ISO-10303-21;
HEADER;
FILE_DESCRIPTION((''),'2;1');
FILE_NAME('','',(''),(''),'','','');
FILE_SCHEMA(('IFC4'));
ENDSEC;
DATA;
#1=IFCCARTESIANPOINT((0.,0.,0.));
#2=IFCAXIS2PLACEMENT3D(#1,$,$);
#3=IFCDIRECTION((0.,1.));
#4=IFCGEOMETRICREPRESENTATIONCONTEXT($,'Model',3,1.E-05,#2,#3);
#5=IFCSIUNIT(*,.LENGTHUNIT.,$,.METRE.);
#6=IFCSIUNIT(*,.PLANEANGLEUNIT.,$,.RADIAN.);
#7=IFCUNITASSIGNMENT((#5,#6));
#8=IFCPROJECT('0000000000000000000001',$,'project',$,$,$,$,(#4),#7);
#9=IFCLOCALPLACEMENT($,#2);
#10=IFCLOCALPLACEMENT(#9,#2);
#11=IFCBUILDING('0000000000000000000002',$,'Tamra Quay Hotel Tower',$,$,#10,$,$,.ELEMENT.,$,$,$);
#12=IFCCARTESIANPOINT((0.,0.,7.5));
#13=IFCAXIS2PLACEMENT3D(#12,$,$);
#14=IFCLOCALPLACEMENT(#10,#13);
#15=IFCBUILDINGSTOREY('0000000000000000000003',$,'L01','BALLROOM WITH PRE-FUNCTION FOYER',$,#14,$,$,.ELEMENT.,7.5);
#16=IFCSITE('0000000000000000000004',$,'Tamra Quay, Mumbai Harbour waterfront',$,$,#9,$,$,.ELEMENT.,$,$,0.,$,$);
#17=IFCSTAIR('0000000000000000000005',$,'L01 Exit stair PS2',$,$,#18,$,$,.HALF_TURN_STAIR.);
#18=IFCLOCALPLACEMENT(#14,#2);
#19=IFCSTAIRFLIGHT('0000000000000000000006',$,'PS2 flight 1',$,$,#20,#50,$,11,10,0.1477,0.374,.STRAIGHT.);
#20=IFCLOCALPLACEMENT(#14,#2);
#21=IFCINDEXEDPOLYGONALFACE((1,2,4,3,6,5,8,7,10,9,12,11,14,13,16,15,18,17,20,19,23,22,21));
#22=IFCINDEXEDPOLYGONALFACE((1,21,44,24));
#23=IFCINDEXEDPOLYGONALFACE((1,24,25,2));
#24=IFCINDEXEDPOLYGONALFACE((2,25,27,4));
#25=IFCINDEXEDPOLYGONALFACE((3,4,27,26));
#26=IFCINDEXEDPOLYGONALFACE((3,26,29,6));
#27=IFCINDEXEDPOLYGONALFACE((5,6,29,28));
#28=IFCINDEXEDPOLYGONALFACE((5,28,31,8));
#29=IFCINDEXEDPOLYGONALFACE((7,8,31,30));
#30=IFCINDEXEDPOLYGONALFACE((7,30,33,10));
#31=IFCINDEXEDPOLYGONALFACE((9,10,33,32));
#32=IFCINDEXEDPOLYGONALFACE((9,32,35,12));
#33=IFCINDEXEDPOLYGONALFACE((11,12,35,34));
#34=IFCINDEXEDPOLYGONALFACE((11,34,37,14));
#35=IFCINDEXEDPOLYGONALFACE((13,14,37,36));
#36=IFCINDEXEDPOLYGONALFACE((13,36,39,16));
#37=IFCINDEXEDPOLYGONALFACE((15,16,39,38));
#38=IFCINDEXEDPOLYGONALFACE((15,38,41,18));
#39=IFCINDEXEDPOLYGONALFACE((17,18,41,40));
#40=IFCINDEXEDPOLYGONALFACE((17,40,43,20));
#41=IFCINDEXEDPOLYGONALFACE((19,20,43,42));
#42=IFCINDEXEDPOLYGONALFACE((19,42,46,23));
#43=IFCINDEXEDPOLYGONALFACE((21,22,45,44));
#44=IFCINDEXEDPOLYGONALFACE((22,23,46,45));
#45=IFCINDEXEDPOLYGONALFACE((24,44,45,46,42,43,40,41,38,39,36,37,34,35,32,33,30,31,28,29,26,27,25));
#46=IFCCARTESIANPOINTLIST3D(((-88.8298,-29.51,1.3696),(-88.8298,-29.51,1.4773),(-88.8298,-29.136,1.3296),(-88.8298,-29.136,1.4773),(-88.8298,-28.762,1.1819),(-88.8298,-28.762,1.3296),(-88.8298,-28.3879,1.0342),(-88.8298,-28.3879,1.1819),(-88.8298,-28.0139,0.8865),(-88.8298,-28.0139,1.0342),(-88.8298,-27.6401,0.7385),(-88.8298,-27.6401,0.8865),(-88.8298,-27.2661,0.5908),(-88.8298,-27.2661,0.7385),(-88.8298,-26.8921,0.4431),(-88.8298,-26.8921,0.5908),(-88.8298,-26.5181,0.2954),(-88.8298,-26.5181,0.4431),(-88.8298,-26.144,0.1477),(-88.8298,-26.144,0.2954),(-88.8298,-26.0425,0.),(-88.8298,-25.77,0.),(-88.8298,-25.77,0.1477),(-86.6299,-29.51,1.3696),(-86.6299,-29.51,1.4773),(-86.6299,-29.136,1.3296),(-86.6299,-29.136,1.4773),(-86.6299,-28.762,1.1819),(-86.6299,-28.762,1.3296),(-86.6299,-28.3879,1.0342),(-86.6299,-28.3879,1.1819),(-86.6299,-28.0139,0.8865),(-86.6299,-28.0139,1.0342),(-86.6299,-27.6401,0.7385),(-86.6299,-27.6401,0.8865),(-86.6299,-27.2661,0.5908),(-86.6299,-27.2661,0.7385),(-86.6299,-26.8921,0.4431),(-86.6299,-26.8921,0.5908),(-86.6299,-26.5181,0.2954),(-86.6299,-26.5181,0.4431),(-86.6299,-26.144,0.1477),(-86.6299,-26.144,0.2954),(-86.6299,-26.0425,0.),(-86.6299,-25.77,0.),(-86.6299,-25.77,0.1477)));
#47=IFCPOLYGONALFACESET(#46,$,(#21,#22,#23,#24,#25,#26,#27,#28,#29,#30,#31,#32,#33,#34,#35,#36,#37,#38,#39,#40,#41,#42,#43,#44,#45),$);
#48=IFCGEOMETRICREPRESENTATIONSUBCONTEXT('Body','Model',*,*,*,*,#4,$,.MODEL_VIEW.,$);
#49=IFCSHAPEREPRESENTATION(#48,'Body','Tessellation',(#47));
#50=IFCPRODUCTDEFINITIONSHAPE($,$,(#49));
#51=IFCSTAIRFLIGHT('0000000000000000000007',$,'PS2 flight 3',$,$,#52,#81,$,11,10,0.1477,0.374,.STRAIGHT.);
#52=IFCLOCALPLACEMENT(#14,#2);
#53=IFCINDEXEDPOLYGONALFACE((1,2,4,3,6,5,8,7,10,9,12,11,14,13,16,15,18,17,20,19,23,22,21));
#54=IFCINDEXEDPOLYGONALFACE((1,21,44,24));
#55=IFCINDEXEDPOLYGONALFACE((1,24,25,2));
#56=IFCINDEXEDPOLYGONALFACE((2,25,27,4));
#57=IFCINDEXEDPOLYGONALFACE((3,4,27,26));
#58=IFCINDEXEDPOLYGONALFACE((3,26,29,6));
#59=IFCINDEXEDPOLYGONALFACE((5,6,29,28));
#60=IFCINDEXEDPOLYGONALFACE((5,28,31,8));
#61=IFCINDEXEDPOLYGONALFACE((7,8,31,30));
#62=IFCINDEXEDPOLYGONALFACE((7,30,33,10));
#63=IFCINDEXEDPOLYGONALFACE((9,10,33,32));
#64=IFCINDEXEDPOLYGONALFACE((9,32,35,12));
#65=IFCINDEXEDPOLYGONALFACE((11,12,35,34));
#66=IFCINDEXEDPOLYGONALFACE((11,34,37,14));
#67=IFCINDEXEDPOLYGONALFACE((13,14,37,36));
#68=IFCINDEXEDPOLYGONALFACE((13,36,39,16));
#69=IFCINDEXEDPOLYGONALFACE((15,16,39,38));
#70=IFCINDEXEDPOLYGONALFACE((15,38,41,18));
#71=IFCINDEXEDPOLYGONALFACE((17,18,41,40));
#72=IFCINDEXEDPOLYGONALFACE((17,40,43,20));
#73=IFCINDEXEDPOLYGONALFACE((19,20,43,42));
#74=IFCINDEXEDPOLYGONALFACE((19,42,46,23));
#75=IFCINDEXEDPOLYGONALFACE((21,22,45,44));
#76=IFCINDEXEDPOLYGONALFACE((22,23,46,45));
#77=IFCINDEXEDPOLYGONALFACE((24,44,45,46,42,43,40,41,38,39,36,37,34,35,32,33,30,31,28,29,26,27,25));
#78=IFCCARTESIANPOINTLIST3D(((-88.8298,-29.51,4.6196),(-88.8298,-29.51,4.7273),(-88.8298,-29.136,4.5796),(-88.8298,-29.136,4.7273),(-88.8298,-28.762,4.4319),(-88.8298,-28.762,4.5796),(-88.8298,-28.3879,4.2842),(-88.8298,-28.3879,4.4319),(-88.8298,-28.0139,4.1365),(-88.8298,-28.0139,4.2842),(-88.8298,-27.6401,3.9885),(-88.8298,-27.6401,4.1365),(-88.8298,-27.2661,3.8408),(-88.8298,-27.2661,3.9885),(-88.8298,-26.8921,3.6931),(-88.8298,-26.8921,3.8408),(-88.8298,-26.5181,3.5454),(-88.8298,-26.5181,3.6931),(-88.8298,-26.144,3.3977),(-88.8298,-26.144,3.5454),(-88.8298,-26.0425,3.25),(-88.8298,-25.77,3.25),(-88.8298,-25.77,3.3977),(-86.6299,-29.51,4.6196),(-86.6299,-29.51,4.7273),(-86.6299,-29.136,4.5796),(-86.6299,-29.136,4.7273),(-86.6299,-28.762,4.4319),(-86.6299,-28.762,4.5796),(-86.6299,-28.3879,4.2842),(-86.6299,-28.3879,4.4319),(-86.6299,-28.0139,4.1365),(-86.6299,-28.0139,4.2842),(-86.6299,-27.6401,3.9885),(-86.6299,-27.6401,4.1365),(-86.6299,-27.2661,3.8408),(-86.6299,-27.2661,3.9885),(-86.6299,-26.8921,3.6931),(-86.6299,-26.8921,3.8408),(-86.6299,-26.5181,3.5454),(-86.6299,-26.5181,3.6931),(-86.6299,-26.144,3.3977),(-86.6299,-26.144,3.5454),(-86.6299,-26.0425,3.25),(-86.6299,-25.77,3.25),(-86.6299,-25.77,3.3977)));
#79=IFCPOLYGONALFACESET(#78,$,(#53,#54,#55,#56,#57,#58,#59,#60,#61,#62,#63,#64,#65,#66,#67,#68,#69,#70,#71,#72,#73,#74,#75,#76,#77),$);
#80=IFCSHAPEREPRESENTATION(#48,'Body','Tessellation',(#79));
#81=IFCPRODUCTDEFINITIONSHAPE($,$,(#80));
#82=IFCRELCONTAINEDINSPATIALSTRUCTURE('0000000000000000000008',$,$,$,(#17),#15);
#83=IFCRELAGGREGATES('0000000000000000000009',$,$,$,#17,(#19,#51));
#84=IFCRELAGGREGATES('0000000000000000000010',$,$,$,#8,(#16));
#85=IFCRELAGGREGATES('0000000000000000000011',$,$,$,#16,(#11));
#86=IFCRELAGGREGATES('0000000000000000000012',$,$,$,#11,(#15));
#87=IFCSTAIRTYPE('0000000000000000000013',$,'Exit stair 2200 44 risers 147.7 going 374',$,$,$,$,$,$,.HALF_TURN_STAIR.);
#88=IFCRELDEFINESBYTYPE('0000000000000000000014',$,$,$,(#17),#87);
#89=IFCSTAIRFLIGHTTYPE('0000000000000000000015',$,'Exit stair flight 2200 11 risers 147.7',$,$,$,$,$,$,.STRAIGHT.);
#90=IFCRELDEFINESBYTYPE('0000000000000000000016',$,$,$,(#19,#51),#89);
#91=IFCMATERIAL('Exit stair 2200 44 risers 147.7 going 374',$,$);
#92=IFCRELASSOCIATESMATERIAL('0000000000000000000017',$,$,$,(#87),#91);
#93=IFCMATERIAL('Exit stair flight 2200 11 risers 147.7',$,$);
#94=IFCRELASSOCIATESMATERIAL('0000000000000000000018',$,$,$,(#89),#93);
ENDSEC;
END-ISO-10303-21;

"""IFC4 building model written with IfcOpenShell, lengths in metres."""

from ifc_helpers import new_model, si_unit, direction, frame, origin, place, context, subcontext, project, spatial, polyline, outline, extrude, material, type_object, element, aggregate, save


model = new_model("IFC4")

# Units and contexts
model_context = context("Model", 3, precision=1e-05, world=origin(), true_north=direction((0.0, 1.0)))
body_context = subcontext(model_context, "Body", "Model", "MODEL_VIEW")
ifc_project = project(units=[si_unit("LENGTHUNIT", "METRE"), si_unit("PLANEANGLEUNIT", "RADIAN")], contexts=[model_context])

# Site, building, storey
site_placement = place(None, origin())
site = spatial("IfcSite", under=ifc_project, at=site_placement, Name="Tamra Quay, Mumbai Harbour waterfront", CompositionType="ELEMENT", RefElevation=0.0)
building_placement = place(site_placement, origin())
building = spatial("IfcBuilding", under=site, at=building_placement, Name="Tamra Quay Hotel Tower", CompositionType="ELEMENT")
storey_placement = place(building_placement, frame((0.0, 0.0, 7.5)))
storey = spatial("IfcBuildingStorey", under=building, at=storey_placement, Name="L01", Description="BALLROOM WITH PRE-FUNCTION FOYER", CompositionType="ELEMENT", Elevation=7.5)

# Stair, stair flights
ifc_material_1 = material(Name="Exit stair 2200 44 risers 147.7 going 374")
stair_type = type_object("IfcStairType", Name="Exit stair 2200 44 risers 147.7 going 374", PredefinedType="HALF_TURN_STAIR", material=ifc_material_1)
stair_placement = place(storey_placement, origin())
stair = element("IfcStair", 1, at=stair_placement, inside=storey, type_object=stair_type, Name="L01 Exit stair PS2", PredefinedType="HALF_TURN_STAIR")
ifc_material_2 = material(Name="Exit stair flight 2200 11 risers 147.7")
stair_flight_type = type_object("IfcStairFlightType", Name="Exit stair flight 2200 11 risers 147.7", PredefinedType="STRAIGHT", material=ifc_material_2)
stair_flight_1_placement = place(storey_placement, frame((-87.73, -25.77, 0.0), z_axis=(0.0, 0.0, 1.0), x_axis=(0.0, -1.0, 0.0)))
stair_flight_1 = element("IfcStairFlight", 2, at=stair_flight_1_placement, type_object=stair_flight_type, Name="PS2 flight 1", NumberOfRisers=11, NumberOfTreads=10, PredefinedType="STRAIGHT", RiserHeight=0.1477, TreadLength=0.374, context=body_context, shape_type="SweptSolid", body=[
    extrude(outline(polyline([(0.0, 0.0), (0.0, 0.1477), (0.374, 0.1477), (0.374, 0.2954), (0.748, 0.2954), (0.748, 0.4431), (1.1221, 0.4431), (1.1221, 0.5908), (1.4961, 0.5908), (1.4961, 0.7385), (1.8701, 0.7385), (1.8701, 0.8865), (2.2439, 0.8865), (2.2439, 1.0342), (2.6179, 1.0342), (2.6179, 1.1819), (2.9919, 1.1819), (2.9919, 1.3296), (3.366, 1.3296), (3.366, 1.4773), (3.74, 1.4773), (3.74, 1.625), (3.74, 1.3696), (0.2725, 0.0), (0.0, 0.0)])), frame((0.0, 1.1001, 0.0), z_axis=(0.0, -1.0, 0.0), x_axis=(1.0, 0.0, 0.0)), (0.0, 0.0, 1.0), 2.2),
])
stair_flight_2_placement = place(storey_placement, frame((-87.73, -25.77, 3.25), z_axis=(0.0, 0.0, 1.0), x_axis=(0.0, -1.0, 0.0)))
stair_flight_2 = element("IfcStairFlight", 3, at=stair_flight_2_placement, type_object=stair_flight_type, Name="PS2 flight 3", NumberOfRisers=11, NumberOfTreads=10, PredefinedType="STRAIGHT", RiserHeight=0.1477, TreadLength=0.374, context=body_context, shape_type="SweptSolid", body=[
    extrude(outline(polyline([(0.0, 0.0), (0.0, 0.1477), (0.374, 0.1477), (0.374, 0.2954), (0.748, 0.2954), (0.748, 0.4431), (1.1221, 0.4431), (1.1221, 0.5908), (1.4961, 0.5908), (1.4961, 0.7385), (1.8701, 0.7385), (1.8701, 0.8865), (2.2439, 0.8865), (2.2439, 1.0342), (2.6179, 1.0342), (2.6179, 1.1819), (2.9919, 1.1819), (2.9919, 1.3296), (3.366, 1.3296), (3.366, 1.4773), (3.74, 1.4773), (3.74, 1.625), (3.74, 1.3696), (0.2725, 0.0), (0.0, 0.0)])), frame((0.0, 1.1001, 0.0), z_axis=(0.0, -1.0, 0.0), x_axis=(1.0, 0.0, 0.0)), (0.0, 0.0, 1.0), 2.2),
])
aggregate(stair, [stair_flight_1, stair_flight_2])

save(model, "model.ifc")
